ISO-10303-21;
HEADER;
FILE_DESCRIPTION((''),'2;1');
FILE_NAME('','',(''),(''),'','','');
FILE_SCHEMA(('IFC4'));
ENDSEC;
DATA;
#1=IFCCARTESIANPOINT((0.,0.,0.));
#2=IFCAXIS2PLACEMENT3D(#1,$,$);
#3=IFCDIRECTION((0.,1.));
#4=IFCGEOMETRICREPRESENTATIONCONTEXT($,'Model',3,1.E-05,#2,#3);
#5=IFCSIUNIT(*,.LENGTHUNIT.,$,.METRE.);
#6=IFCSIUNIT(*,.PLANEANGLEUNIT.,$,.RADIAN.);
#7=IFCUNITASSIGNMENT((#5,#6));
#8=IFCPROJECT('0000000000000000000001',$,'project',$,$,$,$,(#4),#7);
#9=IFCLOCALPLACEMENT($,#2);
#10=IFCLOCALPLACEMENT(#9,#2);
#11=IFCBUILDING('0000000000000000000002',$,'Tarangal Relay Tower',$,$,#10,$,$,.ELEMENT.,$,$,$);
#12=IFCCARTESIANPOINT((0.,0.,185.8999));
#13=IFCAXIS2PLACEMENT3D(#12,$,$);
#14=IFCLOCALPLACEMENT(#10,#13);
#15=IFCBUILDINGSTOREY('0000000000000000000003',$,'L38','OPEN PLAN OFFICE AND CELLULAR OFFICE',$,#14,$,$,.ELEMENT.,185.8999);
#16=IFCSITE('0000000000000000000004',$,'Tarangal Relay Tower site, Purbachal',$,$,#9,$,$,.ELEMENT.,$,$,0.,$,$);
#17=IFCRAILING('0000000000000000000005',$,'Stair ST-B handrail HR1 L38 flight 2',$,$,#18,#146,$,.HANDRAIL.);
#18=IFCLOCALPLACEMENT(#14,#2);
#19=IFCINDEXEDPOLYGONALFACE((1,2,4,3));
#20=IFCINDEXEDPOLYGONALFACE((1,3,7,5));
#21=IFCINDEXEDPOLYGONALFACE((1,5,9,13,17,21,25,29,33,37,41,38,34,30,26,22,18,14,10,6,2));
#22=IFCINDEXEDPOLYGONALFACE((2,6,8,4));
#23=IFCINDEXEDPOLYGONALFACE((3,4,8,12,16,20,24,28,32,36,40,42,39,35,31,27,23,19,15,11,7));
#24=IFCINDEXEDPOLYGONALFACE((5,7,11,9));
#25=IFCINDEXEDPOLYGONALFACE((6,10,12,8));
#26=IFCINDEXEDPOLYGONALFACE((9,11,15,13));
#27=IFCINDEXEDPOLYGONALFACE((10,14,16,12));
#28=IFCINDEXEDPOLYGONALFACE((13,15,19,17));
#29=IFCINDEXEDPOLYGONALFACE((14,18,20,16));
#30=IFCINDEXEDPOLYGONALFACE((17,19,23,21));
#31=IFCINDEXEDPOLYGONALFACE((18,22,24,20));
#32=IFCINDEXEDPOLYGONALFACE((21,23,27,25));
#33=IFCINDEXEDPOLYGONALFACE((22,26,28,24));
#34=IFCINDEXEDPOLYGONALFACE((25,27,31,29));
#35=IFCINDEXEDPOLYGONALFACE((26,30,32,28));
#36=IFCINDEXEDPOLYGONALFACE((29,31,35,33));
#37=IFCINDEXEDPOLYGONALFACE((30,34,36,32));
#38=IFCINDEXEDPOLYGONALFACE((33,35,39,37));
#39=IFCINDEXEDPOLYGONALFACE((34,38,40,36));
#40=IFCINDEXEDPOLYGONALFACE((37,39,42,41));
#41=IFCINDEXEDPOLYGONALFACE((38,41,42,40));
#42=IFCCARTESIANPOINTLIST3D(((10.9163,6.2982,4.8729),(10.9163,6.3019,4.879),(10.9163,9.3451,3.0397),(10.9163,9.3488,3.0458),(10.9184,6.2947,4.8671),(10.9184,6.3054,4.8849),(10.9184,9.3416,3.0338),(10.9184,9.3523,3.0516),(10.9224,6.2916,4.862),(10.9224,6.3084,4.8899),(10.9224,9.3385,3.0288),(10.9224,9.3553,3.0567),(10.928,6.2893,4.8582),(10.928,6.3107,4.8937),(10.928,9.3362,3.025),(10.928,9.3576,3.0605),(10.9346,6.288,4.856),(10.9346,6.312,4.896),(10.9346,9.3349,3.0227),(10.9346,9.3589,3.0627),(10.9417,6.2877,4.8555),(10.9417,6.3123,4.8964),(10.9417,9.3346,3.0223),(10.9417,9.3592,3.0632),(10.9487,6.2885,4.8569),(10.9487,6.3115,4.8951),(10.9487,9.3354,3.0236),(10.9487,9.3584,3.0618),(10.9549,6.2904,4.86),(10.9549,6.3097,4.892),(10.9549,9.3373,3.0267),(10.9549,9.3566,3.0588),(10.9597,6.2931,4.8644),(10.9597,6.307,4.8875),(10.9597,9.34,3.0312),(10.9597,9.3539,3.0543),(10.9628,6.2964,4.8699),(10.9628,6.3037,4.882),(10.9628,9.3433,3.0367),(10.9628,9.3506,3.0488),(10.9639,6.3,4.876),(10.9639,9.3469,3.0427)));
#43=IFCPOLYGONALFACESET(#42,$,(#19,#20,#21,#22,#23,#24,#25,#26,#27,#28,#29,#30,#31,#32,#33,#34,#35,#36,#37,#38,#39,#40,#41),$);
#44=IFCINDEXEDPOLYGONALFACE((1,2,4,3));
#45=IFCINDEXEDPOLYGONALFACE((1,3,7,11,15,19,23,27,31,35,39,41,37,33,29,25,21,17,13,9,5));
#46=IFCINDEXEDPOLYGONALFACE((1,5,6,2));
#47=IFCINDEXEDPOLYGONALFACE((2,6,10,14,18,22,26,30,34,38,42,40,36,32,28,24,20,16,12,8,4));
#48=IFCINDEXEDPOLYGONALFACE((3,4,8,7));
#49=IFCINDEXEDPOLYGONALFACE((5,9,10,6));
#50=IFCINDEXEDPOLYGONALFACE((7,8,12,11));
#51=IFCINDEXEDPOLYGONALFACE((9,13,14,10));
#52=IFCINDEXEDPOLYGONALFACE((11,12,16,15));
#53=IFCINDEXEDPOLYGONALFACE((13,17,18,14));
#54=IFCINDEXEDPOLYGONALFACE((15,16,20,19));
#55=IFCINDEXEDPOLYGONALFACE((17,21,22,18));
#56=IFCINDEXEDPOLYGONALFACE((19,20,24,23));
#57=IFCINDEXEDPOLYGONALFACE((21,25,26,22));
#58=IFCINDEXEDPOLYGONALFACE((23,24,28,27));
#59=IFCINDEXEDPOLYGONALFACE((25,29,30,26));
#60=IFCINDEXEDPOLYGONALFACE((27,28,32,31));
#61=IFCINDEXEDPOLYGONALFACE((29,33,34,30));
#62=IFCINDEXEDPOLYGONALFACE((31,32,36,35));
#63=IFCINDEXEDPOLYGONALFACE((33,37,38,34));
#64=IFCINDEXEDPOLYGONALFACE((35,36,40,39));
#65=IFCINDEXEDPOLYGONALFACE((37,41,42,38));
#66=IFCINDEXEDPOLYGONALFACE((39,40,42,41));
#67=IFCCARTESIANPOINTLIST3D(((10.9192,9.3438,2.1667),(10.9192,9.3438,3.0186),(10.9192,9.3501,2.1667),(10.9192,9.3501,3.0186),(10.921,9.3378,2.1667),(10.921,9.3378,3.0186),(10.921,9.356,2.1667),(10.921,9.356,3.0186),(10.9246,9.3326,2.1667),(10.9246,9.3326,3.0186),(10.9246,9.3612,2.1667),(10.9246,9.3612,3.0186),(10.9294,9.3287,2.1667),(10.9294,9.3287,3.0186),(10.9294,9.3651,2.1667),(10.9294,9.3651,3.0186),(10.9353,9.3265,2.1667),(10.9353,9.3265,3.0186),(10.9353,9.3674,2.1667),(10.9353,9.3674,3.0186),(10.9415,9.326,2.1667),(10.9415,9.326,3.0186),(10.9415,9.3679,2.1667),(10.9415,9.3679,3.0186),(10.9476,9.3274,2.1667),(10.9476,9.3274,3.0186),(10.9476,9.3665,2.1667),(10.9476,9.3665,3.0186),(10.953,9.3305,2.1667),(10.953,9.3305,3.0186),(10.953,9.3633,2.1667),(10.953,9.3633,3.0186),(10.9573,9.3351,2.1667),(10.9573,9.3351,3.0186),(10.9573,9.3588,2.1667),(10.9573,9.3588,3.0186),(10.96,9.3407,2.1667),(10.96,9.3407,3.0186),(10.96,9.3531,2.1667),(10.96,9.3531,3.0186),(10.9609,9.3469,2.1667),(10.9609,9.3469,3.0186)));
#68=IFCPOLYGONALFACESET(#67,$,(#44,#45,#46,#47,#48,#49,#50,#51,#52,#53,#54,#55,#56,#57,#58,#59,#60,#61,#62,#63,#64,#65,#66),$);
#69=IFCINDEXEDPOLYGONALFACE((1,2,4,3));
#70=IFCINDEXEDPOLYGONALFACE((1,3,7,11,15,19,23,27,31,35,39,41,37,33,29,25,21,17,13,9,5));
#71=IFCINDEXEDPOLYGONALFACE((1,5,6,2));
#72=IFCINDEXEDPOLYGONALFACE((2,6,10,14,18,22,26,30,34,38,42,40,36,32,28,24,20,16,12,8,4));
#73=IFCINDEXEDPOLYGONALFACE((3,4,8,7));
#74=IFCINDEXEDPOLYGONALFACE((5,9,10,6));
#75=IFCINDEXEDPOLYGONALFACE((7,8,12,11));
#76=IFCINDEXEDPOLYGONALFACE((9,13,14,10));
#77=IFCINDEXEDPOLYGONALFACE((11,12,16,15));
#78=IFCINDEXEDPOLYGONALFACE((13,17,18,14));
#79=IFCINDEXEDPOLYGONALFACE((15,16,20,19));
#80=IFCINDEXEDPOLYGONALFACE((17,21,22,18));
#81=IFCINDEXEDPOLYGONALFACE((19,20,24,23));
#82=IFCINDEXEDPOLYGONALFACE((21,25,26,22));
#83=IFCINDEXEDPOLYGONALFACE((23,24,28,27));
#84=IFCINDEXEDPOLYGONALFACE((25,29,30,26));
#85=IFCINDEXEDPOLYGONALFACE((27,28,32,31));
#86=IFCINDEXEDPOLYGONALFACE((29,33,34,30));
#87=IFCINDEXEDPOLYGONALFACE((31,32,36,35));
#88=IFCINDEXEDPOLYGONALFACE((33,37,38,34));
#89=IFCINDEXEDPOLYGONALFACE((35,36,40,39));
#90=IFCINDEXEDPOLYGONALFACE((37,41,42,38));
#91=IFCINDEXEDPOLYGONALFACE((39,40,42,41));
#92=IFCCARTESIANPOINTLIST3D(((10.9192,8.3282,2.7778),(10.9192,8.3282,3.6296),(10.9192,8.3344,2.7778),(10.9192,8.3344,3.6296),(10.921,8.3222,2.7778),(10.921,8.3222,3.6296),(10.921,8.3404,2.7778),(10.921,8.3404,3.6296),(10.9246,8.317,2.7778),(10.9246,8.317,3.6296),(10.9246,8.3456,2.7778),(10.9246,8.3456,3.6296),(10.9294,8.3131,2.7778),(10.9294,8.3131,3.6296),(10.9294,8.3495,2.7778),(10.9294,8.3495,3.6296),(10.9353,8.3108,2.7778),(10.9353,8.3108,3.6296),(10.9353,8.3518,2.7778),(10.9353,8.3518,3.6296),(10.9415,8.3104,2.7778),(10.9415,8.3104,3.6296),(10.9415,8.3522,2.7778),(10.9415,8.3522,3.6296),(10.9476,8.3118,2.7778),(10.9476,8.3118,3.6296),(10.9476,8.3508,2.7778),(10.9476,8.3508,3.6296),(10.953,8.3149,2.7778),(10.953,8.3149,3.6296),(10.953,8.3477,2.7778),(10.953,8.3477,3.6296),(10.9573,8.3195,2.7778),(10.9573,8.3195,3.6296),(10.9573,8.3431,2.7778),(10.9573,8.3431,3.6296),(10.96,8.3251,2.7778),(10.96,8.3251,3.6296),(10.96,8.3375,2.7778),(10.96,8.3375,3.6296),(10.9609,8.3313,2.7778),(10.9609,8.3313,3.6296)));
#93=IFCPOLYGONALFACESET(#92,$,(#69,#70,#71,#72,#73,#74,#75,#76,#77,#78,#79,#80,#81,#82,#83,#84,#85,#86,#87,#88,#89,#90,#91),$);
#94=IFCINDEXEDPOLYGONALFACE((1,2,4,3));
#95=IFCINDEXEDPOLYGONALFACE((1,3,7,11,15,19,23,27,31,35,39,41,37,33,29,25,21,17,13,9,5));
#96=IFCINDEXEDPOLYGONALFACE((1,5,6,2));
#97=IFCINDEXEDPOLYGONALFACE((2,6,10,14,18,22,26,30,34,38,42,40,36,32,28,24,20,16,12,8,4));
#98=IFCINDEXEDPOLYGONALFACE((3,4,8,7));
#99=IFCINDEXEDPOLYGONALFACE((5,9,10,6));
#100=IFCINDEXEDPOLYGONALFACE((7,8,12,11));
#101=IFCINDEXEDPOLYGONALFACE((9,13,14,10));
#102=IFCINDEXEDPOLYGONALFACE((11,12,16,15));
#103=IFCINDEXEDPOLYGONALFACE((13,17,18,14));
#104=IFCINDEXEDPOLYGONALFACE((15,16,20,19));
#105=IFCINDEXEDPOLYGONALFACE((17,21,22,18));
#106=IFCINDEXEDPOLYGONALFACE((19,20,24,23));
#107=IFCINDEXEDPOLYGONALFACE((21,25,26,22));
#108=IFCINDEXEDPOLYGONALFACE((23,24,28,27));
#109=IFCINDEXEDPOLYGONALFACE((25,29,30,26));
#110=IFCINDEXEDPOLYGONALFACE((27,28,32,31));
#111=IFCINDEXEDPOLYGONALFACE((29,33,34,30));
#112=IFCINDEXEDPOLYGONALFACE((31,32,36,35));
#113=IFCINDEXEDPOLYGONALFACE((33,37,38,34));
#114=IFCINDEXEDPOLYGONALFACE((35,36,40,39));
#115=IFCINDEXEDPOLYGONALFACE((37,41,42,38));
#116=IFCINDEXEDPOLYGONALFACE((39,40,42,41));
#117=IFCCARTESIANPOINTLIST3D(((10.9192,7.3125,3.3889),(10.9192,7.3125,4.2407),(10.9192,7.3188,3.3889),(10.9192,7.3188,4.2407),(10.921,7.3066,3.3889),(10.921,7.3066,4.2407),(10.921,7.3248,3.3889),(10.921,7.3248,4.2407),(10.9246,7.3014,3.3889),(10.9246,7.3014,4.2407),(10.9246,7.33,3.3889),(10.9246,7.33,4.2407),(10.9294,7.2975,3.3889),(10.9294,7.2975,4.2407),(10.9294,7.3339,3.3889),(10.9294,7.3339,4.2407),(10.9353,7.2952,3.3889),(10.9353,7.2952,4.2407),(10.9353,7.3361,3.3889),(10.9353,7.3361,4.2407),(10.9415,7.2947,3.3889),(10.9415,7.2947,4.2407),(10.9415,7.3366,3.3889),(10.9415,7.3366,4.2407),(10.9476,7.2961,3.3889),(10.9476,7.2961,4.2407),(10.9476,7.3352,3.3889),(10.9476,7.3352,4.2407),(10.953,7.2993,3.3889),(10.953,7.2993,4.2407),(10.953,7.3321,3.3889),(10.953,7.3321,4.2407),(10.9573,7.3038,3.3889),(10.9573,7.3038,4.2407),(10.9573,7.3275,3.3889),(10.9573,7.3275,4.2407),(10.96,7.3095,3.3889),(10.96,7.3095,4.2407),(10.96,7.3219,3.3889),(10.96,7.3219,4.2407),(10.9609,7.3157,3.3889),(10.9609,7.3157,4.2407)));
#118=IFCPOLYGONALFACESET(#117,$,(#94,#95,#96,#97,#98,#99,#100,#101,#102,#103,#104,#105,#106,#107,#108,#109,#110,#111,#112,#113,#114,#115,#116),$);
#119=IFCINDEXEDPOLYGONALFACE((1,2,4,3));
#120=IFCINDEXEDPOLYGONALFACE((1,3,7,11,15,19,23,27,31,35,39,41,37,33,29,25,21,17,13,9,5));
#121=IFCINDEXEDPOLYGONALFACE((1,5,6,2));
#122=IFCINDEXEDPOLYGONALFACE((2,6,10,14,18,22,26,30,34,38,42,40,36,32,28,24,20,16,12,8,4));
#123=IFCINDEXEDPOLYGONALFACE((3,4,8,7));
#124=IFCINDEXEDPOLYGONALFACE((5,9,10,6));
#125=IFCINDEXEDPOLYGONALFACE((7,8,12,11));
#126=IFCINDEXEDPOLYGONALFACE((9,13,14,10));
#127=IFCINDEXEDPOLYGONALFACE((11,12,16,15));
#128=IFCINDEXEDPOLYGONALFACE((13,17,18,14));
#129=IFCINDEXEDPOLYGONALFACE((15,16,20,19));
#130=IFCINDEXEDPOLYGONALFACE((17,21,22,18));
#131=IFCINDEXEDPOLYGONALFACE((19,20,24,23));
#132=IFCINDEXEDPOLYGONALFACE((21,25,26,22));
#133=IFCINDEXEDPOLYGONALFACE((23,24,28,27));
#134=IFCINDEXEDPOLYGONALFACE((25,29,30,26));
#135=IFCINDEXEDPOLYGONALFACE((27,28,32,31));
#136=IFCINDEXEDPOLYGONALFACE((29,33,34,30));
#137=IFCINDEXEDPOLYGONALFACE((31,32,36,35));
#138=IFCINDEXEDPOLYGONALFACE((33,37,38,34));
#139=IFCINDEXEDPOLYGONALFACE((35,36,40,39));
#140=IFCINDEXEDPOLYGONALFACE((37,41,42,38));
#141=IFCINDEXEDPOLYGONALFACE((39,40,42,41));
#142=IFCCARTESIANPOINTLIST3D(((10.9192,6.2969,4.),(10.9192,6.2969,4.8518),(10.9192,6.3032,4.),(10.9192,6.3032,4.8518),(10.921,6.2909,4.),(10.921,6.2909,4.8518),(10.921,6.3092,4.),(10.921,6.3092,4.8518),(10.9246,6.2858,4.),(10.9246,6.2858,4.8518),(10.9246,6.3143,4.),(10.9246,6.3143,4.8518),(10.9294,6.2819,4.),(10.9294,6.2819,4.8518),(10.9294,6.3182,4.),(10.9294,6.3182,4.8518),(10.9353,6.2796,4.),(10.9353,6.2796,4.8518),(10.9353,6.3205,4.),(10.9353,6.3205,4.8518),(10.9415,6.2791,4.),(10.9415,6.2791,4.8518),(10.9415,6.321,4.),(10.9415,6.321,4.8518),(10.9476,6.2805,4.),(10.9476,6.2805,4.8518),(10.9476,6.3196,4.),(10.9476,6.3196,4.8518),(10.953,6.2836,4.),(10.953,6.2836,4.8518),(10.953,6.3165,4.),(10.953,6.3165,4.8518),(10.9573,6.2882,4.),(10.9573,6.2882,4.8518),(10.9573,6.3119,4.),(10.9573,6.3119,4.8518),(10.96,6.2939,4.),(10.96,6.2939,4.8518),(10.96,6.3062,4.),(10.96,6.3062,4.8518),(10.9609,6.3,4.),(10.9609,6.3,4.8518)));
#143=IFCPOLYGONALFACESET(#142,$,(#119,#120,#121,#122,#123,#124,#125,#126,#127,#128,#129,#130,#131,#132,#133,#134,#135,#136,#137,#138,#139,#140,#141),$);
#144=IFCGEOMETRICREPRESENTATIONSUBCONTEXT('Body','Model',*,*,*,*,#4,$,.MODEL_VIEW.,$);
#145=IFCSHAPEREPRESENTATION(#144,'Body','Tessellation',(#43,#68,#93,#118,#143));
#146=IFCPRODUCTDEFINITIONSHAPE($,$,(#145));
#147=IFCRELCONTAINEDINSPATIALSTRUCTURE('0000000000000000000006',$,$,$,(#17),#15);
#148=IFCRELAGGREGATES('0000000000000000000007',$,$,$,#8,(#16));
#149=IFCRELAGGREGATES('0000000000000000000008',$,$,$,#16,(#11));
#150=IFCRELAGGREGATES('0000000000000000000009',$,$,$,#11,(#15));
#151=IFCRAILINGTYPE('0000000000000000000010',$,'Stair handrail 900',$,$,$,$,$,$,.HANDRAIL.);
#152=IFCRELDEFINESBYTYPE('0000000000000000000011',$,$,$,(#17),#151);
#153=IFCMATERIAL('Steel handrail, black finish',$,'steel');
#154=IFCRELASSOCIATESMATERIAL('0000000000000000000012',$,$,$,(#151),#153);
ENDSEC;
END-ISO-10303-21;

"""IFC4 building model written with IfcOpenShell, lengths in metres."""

from ifc_helpers import new_model, si_unit, direction, frame, origin, origin_2d, place, context, subcontext, project, spatial, circle, extrude, material, type_object, element, save


model = new_model("IFC4")

# Units and contexts
model_context = context("Model", 3, precision=1e-05, world=origin(), true_north=direction((0.0, 1.0)))
body_context = subcontext(model_context, "Body", "Model", "MODEL_VIEW")
ifc_project = project(units=[si_unit("LENGTHUNIT", "METRE"), si_unit("PLANEANGLEUNIT", "RADIAN")], contexts=[model_context])

# Site, building, storey
site_placement = place(None, origin())
site = spatial("IfcSite", under=ifc_project, at=site_placement, Name="Tarangal Relay Tower site, Purbachal", CompositionType="ELEMENT", RefElevation=0.0)
building_placement = place(site_placement, origin())
building = spatial("IfcBuilding", under=site, at=building_placement, Name="Tarangal Relay Tower", CompositionType="ELEMENT")
storey_placement = place(building_placement, frame((0.0, 0.0, 185.8999)))
storey = spatial("IfcBuildingStorey", under=building, at=storey_placement, Name="L38", Description="OPEN PLAN OFFICE AND CELLULAR OFFICE", CompositionType="ELEMENT", Elevation=185.8999)

# Railing
ifc_material_1 = material(Name="Steel handrail, black finish", Category="steel")
railing_type_1 = type_object("IfcRailingType", Name="Stair handrail 900", PredefinedType="HANDRAIL", material=ifc_material_1)
railing_1_placement = place(storey_placement, frame((10.9399, 9.3469, 2.1667)))
element("IfcRailing", 1, at=railing_1_placement, inside=storey, type_object=railing_type_1, Name="Stair ST-B handrail HR1 L38 flight 2", PredefinedType="HANDRAIL", context=body_context, shape_type="SweptSolid", body=[
    extrude(circle(Radius=0.0239, at=origin_2d()), frame((0.0, 0.0, 0.876), z_axis=(0.0, -0.856856, 0.515556), x_axis=(1.0, 0.0, 0.0)), (0.0, 0.0, 1.0), 3.5559),
    extrude(circle(Radius=0.021, at=origin_2d()), origin(), (0.0, 0.0, 1.0), 0.8518),
    extrude(circle(Radius=0.021, at=origin_2d()), frame((0.0, -1.0156, 0.6111)), (0.0, 0.0, 1.0), 0.8518),
    extrude(circle(Radius=0.021, at=origin_2d()), frame((0.0, -2.0312, 1.2222)), (0.0, 0.0, 1.0), 0.8518),
    extrude(circle(Radius=0.021, at=origin_2d()), frame((0.0, -3.0469, 1.8333)), (0.0, 0.0, 1.0), 0.8518),
])

save(model, "model.ifc")
